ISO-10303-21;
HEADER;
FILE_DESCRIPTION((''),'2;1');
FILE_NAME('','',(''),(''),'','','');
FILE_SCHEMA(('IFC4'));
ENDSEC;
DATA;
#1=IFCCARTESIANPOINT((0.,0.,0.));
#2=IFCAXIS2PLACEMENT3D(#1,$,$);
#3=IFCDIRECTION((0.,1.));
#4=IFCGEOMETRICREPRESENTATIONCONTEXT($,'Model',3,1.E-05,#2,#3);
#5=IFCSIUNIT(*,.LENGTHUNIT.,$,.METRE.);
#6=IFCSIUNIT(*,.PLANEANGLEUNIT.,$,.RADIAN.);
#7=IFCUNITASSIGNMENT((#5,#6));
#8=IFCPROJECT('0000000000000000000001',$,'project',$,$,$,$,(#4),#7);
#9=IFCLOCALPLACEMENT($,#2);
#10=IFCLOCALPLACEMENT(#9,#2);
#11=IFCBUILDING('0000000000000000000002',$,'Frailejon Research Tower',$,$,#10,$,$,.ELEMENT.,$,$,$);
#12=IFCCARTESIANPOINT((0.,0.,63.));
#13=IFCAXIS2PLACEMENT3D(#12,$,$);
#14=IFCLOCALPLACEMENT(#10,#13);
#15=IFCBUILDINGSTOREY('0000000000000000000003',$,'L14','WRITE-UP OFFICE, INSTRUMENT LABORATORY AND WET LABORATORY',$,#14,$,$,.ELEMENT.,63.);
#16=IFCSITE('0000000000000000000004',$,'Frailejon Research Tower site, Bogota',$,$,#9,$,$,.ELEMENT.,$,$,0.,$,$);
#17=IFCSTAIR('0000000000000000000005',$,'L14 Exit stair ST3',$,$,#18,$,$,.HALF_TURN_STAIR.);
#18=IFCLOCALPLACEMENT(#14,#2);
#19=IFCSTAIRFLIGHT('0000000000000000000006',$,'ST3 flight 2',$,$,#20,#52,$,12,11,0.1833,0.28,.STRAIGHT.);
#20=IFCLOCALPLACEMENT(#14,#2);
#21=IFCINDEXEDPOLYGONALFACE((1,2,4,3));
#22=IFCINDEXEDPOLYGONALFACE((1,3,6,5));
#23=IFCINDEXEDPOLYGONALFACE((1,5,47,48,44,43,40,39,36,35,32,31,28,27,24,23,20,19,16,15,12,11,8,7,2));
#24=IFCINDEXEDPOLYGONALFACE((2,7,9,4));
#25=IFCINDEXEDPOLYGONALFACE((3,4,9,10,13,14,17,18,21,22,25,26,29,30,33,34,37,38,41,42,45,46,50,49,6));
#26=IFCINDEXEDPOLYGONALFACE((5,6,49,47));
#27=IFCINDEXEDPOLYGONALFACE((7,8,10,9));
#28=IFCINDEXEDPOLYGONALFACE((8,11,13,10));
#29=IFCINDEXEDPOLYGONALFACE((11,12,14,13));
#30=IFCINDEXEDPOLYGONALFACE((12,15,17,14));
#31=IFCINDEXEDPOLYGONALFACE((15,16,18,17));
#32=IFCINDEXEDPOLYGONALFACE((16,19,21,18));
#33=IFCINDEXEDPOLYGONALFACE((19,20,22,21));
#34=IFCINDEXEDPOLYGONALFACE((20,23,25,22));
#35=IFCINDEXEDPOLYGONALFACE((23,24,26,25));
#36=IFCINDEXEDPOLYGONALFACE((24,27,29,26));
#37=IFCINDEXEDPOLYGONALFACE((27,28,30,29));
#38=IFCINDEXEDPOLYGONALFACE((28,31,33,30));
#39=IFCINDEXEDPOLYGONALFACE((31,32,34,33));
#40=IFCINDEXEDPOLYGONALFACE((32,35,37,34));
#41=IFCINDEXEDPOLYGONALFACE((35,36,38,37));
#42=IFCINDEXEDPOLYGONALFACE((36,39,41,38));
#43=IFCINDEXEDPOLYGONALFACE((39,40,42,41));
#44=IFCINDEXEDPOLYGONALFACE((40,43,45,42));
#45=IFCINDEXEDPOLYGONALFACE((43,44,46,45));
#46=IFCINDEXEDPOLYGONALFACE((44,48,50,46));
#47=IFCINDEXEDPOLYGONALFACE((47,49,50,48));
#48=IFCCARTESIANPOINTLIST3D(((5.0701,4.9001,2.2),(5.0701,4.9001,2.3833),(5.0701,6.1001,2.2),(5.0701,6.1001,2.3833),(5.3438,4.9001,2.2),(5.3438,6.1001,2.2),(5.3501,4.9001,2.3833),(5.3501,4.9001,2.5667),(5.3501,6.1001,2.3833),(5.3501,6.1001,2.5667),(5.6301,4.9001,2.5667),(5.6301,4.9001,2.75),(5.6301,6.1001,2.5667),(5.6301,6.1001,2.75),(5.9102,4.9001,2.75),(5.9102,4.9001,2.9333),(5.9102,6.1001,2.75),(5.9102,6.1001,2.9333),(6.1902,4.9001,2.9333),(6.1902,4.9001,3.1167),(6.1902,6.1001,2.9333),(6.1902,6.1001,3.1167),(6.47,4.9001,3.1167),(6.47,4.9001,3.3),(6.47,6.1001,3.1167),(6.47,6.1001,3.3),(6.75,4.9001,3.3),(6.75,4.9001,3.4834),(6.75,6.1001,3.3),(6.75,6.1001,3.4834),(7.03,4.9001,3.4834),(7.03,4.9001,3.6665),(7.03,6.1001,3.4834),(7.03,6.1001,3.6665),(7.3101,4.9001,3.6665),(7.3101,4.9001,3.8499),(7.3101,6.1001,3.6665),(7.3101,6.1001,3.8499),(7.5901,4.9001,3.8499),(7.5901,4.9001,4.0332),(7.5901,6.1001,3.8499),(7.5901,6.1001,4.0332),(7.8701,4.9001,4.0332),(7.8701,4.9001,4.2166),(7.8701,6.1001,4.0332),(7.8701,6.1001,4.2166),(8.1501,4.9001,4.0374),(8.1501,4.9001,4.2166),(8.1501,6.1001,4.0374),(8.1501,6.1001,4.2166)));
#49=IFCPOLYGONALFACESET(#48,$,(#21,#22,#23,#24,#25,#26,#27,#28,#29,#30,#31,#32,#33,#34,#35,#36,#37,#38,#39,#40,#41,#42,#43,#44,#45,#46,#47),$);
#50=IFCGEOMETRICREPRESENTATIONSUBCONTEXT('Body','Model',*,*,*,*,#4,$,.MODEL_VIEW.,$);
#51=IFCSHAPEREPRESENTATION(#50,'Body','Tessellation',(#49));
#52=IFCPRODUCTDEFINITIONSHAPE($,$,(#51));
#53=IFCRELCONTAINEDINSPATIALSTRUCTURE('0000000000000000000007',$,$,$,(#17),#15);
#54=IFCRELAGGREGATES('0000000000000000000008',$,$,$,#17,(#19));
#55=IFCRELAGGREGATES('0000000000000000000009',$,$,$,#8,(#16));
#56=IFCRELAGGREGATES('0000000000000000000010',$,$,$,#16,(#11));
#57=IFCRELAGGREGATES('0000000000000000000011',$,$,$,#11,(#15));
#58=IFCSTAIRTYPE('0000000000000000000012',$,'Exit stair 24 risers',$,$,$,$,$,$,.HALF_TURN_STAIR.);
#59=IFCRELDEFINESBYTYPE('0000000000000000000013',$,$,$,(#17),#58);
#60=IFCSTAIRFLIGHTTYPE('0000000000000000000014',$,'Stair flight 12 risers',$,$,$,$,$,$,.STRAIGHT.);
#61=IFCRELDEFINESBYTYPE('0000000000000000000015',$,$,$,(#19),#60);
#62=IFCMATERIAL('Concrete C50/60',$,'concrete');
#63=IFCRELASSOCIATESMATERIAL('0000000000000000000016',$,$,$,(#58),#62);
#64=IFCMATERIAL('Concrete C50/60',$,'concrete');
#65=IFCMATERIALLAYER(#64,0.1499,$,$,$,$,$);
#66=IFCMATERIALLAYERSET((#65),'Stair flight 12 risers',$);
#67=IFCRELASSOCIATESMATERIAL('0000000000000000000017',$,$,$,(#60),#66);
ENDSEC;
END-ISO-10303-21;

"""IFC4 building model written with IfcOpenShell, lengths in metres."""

from ifc_helpers import new_model, si_unit, direction, frame, origin, place, context, subcontext, project, spatial, polyline, outline, extrude, material, layer, layer_set, type_object, element, aggregate, save


model = new_model("IFC4")

# Units and contexts
model_context = context("Model", 3, precision=1e-05, world=origin(), true_north=direction((0.0, 1.0)))
body_context = subcontext(model_context, "Body", "Model", "MODEL_VIEW")
ifc_project = project(units=[si_unit("LENGTHUNIT", "METRE"), si_unit("PLANEANGLEUNIT", "RADIAN")], contexts=[model_context])

# Site, building, storey
site_placement = place(None, origin())
site = spatial("IfcSite", under=ifc_project, at=site_placement, Name="Frailejon Research Tower site, Bogota", CompositionType="ELEMENT", RefElevation=0.0)
building_placement = place(site_placement, origin())
building = spatial("IfcBuilding", under=site, at=building_placement, Name="Frailejon Research Tower", CompositionType="ELEMENT")
storey_placement = place(building_placement, frame((0.0, 0.0, 63.0)))
storey = spatial("IfcBuildingStorey", under=building, at=storey_placement, Name="L14", Description="WRITE-UP OFFICE, INSTRUMENT LABORATORY AND WET LABORATORY", CompositionType="ELEMENT", Elevation=63.0)

# Stair
ifc_material_1 = material(Name="Concrete C50/60", Category="concrete")
stair_type = type_object("IfcStairType", Name="Exit stair 24 risers", PredefinedType="HALF_TURN_STAIR", material=ifc_material_1)
stair_1_placement = place(storey_placement, origin())
stair_1 = element("IfcStair", 1, at=stair_1_placement, inside=storey, type_object=stair_type, Name="L14 Exit stair ST3", PredefinedType="HALF_TURN_STAIR")

# Stair flight
ifc_material_2 = material(Name="Concrete C50/60", Category="concrete")
ifc_layer_1 = layer(ifc_material_2, 0.1499)
ifc_layer_set_1 = layer_set([ifc_layer_1], Name="Stair flight 12 risers")
stair_flight_type = type_object("IfcStairFlightType", Name="Stair flight 12 risers", PredefinedType="STRAIGHT", material=ifc_layer_set_1)
stair_flight_1_placement = place(storey_placement, frame((5.0701, 5.5, 2.2), z_axis=(0.0, 0.0, 1.0), x_axis=(1.0, 0.0, 0.0)))
stair_flight_1 = element("IfcStairFlight", 2, at=stair_flight_1_placement, type_object=stair_flight_type, Name="ST3 flight 2", NumberOfRisers=12, NumberOfTreads=11, PredefinedType="STRAIGHT", RiserHeight=0.1833, TreadLength=0.28, context=body_context, shape_type="SweptSolid", body=[
    extrude(outline(polyline([(0.0, 0.0), (0.0, 0.1833), (0.28, 0.1833), (0.28, 0.3667), (0.5601, 0.3667), (0.5601, 0.55), (0.8401, 0.55), (0.8401, 0.7334), (1.1201, 0.7334), (1.1201, 0.9167), (1.3999, 0.9167), (1.3999, 1.1001), (1.6799, 1.1001), (1.6799, 1.2834), (1.96, 1.2834), (1.96, 1.4666), (2.24, 1.4666), (2.24, 1.6499), (2.52, 1.6499), (2.52, 1.8333), (2.8, 1.8333), (2.8, 2.0166), (3.0801, 2.0166), (3.0801, 2.2), (3.0801, 1.8374), (0.2737, 0.0), (0.0, 0.0)])), frame((0.0, 0.6001, 0.0), z_axis=(0.0, -1.0, 0.0), x_axis=(1.0, 0.0, 0.0)), (0.0, 0.0, 1.0), 1.2),
])
aggregate(stair_1, [stair_flight_1])

save(model, "model.ifc")
